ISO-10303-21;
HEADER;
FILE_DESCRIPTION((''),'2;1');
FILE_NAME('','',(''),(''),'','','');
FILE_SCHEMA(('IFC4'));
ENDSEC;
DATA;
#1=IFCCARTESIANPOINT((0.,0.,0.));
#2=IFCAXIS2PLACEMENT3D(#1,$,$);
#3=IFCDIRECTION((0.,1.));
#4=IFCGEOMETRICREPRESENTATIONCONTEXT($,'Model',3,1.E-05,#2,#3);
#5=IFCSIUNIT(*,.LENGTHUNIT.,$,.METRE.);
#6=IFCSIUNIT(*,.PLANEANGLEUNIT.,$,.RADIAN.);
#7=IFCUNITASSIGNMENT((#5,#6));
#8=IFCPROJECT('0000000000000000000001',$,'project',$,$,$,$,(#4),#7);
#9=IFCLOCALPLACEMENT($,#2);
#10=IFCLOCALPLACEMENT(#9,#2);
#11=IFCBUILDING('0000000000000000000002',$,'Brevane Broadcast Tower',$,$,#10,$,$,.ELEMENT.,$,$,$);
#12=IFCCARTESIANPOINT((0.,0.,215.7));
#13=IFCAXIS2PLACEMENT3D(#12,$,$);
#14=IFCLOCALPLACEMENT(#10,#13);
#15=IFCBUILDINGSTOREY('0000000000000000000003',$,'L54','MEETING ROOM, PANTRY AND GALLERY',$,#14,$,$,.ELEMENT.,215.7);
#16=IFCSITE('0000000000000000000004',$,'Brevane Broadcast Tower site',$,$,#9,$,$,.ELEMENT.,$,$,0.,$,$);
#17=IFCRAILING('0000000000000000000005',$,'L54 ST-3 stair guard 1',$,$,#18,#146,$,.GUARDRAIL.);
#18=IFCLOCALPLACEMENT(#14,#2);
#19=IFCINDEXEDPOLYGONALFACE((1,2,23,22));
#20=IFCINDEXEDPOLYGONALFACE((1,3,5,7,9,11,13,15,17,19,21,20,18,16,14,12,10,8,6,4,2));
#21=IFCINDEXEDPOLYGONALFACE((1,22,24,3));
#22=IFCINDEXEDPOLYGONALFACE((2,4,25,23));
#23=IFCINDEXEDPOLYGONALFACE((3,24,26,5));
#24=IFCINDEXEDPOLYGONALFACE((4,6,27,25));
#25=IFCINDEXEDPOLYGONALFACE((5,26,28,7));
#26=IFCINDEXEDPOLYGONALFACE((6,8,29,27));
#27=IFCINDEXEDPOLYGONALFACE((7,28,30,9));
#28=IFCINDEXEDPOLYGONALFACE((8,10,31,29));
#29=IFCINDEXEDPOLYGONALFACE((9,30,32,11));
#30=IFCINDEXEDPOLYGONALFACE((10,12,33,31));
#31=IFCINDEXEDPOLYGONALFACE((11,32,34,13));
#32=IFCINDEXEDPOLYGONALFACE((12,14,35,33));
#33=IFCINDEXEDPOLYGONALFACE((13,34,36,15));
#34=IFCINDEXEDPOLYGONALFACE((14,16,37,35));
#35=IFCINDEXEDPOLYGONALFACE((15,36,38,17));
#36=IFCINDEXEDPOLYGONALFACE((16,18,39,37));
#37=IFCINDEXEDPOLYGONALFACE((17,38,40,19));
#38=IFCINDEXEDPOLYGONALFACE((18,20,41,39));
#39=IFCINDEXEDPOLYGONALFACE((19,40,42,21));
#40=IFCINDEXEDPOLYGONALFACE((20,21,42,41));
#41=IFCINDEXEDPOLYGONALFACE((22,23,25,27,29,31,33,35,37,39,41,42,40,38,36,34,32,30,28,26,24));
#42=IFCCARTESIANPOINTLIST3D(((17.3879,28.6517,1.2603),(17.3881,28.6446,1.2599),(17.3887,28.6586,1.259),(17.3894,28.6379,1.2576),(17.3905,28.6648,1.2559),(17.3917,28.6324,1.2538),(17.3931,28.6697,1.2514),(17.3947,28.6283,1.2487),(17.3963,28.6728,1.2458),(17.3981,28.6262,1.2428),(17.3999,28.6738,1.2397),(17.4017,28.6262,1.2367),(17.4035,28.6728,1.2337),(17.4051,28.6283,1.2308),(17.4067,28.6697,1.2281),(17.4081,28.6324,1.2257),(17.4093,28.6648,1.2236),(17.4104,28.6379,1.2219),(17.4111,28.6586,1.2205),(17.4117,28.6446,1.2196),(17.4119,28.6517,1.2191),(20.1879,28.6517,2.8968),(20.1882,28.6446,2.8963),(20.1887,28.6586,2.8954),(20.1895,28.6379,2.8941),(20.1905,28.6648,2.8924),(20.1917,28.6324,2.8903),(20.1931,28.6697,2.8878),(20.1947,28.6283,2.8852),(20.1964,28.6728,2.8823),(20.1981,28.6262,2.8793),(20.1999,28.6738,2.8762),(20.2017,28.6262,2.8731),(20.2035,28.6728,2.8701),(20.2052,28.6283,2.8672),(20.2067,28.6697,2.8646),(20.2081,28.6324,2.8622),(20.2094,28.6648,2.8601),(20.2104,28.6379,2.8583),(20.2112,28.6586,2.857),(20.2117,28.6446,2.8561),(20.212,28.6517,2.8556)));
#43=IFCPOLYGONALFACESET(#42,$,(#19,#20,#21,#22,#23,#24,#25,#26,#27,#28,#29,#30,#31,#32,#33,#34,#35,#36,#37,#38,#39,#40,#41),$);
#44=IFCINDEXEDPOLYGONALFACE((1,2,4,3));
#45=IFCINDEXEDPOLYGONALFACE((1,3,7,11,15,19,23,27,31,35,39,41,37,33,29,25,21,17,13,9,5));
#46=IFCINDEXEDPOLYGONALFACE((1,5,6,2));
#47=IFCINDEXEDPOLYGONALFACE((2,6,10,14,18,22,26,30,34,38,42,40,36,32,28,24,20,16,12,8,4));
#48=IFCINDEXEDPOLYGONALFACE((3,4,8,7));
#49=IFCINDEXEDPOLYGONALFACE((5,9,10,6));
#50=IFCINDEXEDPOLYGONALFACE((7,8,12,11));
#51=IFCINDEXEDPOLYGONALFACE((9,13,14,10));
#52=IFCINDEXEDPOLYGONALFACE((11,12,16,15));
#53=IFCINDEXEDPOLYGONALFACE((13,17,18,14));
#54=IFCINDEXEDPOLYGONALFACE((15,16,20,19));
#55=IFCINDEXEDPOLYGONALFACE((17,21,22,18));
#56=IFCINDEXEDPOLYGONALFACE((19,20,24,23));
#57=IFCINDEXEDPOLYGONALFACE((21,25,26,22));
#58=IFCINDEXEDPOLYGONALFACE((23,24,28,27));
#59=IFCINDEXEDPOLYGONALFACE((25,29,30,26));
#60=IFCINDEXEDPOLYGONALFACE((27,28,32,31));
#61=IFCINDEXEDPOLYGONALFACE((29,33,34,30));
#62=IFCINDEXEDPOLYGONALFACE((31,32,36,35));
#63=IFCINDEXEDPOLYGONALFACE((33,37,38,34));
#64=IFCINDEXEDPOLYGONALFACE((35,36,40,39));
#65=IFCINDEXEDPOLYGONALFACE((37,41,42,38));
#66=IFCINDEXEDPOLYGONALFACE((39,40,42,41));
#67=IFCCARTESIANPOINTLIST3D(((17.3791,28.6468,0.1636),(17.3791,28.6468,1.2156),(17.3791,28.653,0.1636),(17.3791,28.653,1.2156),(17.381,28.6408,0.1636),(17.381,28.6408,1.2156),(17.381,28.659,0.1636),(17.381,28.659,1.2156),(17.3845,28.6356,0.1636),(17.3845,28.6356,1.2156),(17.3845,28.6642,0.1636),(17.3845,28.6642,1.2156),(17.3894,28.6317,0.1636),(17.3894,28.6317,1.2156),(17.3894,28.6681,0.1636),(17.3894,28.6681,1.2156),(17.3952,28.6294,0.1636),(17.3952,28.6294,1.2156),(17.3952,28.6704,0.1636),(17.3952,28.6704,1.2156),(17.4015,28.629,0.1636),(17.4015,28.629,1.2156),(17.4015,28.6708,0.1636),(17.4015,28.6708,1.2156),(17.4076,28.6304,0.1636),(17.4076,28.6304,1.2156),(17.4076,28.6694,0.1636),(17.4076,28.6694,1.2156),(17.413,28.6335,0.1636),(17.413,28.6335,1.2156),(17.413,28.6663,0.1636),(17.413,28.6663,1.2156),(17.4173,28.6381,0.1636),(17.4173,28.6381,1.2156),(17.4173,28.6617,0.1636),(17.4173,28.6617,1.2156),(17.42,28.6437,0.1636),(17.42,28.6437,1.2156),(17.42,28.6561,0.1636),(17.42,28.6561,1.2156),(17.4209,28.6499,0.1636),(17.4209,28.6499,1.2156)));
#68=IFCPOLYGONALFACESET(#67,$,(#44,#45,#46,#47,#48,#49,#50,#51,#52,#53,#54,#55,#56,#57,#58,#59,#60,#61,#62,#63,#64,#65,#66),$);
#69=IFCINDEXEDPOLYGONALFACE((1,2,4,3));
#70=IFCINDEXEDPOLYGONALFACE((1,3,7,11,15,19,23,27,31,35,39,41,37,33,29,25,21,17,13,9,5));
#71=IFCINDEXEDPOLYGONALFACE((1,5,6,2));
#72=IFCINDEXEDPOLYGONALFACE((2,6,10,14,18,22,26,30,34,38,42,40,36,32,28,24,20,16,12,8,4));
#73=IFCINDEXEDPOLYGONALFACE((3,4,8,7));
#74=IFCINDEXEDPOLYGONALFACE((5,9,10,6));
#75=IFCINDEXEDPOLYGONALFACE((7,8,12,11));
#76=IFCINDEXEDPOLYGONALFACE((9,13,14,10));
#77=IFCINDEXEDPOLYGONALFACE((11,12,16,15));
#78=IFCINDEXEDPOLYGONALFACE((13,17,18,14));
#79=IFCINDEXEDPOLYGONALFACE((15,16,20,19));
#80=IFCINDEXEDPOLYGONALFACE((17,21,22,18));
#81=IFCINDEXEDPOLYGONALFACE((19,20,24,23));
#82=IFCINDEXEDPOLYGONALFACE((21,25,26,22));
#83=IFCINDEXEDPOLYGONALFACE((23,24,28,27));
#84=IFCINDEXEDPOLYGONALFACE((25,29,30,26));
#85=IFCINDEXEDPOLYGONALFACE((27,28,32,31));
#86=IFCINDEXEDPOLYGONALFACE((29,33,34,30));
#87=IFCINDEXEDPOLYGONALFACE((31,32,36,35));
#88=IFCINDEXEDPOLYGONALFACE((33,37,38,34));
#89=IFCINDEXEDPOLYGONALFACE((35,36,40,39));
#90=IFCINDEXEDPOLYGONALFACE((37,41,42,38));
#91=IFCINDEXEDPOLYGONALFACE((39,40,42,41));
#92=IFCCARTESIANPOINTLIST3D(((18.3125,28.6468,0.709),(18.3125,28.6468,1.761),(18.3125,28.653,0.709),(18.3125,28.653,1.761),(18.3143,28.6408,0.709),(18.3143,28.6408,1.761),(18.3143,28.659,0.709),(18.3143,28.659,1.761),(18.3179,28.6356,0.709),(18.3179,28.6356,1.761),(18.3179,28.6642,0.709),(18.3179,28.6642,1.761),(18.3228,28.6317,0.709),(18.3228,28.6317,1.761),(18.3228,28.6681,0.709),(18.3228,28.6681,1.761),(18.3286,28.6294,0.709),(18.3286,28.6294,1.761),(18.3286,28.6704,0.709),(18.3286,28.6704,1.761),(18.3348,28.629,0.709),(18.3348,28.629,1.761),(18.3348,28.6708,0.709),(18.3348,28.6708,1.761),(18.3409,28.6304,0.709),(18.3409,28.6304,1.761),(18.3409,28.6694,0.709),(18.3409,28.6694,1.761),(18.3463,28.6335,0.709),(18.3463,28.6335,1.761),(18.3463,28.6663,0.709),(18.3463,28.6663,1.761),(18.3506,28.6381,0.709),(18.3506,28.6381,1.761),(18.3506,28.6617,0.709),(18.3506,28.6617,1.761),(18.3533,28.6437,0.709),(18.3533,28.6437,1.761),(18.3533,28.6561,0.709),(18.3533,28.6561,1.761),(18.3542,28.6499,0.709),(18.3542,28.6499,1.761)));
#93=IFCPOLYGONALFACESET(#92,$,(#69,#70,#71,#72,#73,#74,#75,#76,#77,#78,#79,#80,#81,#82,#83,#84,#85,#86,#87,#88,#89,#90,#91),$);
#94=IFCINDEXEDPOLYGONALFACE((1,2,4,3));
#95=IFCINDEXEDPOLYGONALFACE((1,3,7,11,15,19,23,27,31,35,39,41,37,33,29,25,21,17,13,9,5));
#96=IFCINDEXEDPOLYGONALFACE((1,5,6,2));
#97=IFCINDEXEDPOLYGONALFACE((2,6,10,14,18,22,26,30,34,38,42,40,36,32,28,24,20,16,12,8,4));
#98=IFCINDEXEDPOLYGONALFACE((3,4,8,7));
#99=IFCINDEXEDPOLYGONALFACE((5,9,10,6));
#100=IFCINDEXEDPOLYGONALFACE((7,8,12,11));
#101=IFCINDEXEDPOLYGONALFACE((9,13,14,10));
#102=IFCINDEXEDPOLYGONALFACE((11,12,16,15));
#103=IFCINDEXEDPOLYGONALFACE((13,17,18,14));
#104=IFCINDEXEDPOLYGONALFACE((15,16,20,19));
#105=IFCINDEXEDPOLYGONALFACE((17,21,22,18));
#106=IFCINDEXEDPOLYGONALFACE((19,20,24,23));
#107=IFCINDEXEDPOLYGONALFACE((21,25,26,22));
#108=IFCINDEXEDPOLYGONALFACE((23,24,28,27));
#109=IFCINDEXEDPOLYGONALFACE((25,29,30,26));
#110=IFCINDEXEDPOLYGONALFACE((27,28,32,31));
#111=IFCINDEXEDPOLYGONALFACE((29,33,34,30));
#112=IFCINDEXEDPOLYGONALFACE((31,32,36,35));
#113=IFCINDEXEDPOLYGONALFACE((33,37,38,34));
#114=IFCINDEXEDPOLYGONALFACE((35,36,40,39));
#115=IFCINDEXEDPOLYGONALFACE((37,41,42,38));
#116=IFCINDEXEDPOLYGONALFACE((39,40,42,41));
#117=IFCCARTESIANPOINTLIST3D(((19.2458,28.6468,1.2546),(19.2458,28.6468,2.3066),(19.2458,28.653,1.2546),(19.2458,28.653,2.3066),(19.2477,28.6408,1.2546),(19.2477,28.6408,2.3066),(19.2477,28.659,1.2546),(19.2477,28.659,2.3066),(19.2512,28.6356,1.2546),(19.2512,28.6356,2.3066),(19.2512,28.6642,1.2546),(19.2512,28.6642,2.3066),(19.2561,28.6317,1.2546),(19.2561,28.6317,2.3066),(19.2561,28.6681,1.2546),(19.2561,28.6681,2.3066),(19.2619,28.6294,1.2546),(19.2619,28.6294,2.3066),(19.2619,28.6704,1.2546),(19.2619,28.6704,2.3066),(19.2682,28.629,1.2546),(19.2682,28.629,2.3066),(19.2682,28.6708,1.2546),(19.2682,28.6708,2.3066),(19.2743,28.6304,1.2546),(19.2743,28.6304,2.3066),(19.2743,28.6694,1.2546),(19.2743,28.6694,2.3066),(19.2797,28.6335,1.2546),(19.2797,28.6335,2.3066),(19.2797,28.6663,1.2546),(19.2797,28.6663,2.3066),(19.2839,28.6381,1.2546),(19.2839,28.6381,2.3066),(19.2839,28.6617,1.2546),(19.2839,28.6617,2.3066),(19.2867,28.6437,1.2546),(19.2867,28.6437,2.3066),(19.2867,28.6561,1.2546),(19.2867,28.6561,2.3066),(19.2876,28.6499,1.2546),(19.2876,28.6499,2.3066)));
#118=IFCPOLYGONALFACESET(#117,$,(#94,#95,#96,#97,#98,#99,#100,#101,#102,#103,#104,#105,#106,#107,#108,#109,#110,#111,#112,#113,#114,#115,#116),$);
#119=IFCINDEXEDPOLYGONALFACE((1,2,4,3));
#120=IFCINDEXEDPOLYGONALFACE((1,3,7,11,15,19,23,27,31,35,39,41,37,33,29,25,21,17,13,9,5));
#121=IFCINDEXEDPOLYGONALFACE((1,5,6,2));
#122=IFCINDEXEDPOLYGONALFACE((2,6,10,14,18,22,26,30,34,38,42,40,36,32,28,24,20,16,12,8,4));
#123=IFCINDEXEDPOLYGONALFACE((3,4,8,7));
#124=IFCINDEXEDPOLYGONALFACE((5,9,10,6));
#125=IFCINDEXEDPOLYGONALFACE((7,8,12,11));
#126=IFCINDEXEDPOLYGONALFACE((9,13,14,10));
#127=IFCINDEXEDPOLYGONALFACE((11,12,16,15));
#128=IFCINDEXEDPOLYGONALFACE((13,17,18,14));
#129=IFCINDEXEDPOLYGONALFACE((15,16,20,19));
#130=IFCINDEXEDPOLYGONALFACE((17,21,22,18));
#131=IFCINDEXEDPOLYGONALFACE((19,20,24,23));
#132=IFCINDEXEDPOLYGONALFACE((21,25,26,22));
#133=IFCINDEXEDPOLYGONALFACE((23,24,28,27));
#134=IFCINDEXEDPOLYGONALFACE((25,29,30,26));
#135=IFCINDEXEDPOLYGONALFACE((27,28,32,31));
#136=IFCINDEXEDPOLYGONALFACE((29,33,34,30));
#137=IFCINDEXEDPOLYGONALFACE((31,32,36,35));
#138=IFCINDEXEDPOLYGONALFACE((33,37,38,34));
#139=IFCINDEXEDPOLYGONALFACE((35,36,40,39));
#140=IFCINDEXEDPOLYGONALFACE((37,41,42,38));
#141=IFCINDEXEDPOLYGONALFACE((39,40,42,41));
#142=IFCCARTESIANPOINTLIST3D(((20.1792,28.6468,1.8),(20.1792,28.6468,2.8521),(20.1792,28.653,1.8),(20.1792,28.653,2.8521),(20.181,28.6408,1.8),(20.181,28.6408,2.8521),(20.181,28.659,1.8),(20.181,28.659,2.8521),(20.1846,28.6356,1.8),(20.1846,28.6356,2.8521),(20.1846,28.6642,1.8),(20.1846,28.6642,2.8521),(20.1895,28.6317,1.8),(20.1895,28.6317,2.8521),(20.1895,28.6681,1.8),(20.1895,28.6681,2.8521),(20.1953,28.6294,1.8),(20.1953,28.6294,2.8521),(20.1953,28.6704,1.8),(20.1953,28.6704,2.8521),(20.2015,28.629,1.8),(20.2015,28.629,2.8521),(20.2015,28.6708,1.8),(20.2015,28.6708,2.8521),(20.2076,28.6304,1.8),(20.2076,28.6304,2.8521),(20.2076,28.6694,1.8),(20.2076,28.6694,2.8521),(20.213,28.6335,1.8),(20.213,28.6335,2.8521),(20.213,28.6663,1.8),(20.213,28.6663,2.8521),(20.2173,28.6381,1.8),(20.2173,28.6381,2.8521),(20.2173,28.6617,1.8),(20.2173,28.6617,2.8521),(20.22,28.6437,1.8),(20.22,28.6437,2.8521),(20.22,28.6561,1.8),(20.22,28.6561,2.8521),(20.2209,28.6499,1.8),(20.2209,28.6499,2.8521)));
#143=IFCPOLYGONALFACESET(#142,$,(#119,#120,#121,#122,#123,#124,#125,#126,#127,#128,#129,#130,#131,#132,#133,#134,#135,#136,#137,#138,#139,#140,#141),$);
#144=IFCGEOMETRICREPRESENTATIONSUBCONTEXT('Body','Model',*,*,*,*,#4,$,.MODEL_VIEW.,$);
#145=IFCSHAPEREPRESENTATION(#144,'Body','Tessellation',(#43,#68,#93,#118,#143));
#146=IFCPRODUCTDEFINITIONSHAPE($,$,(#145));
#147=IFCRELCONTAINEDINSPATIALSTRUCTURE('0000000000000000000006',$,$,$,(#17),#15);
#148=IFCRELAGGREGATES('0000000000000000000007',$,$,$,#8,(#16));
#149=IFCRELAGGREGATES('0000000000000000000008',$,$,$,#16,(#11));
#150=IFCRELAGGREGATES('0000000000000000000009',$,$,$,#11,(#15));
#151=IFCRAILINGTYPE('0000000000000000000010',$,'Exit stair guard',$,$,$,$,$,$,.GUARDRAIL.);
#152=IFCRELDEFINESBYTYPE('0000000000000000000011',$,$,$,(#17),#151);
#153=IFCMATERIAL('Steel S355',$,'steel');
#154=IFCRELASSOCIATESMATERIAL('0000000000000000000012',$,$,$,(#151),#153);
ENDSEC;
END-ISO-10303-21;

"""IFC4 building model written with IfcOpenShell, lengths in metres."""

from ifc_helpers import new_model, si_unit, direction, frame, origin, origin_2d, place, context, subcontext, project, spatial, circle, extrude, material, type_object, element, save


model = new_model("IFC4")

# Units and contexts
model_context = context("Model", 3, precision=1e-05, world=origin(), true_north=direction((0.0, 1.0)))
body_context = subcontext(model_context, "Body", "Model", "MODEL_VIEW")
ifc_project = project(units=[si_unit("LENGTHUNIT", "METRE"), si_unit("PLANEANGLEUNIT", "RADIAN")], contexts=[model_context])

# Site, building, storey
site_placement = place(None, origin())
site = spatial("IfcSite", under=ifc_project, at=site_placement, Name="Brevane Broadcast Tower site", CompositionType="ELEMENT", RefElevation=0.0)
building_placement = place(site_placement, origin())
building = spatial("IfcBuilding", under=site, at=building_placement, Name="Brevane Broadcast Tower", CompositionType="ELEMENT")
storey_placement = place(building_placement, frame((0.0, 0.0, 215.7)))
storey = spatial("IfcBuildingStorey", under=building, at=storey_placement, Name="L54", Description="MEETING ROOM, PANTRY AND GALLERY", CompositionType="ELEMENT", Elevation=215.7)

# Railing
ifc_material_1 = material(Name="Steel S355", Category="steel")
railing_type_1 = type_object("IfcRailingType", Name="Exit stair guard", PredefinedType="GUARDRAIL", material=ifc_material_1)
railing_1_placement = place(storey_placement, frame((17.3999, 28.6499, 0.1636)))
element("IfcRailing", 1, at=railing_1_placement, inside=storey, type_object=railing_type_1, Name="L54 ST-3 stair guard 1", PredefinedType="GUARDRAIL", context=body_context, shape_type="SweptSolid", body=[
    extrude(circle(Radius=0.0239, at=origin_2d()), frame((0.0, 0.0, 1.0762), z_axis=(0.863361, 0.0, 0.504587), x_axis=(0.0, 1.0, 0.0)), (0.0, 0.0, 1.0), 3.2432),
    extrude(circle(Radius=0.021, at=origin_2d()), origin(), (0.0, 0.0, 1.0), 1.052),
    extrude(circle(Radius=0.021, at=origin_2d()), frame((0.9333, 0.0, 0.5454)), (0.0, 0.0, 1.0), 1.052),
    extrude(circle(Radius=0.021, at=origin_2d()), frame((1.8667, 0.0, 1.0911)), (0.0, 0.0, 1.0), 1.052),
    extrude(circle(Radius=0.021, at=origin_2d()), frame((2.8, 0.0, 1.6365)), (0.0, 0.0, 1.0), 1.052),
])

save(model, "model.ifc")
